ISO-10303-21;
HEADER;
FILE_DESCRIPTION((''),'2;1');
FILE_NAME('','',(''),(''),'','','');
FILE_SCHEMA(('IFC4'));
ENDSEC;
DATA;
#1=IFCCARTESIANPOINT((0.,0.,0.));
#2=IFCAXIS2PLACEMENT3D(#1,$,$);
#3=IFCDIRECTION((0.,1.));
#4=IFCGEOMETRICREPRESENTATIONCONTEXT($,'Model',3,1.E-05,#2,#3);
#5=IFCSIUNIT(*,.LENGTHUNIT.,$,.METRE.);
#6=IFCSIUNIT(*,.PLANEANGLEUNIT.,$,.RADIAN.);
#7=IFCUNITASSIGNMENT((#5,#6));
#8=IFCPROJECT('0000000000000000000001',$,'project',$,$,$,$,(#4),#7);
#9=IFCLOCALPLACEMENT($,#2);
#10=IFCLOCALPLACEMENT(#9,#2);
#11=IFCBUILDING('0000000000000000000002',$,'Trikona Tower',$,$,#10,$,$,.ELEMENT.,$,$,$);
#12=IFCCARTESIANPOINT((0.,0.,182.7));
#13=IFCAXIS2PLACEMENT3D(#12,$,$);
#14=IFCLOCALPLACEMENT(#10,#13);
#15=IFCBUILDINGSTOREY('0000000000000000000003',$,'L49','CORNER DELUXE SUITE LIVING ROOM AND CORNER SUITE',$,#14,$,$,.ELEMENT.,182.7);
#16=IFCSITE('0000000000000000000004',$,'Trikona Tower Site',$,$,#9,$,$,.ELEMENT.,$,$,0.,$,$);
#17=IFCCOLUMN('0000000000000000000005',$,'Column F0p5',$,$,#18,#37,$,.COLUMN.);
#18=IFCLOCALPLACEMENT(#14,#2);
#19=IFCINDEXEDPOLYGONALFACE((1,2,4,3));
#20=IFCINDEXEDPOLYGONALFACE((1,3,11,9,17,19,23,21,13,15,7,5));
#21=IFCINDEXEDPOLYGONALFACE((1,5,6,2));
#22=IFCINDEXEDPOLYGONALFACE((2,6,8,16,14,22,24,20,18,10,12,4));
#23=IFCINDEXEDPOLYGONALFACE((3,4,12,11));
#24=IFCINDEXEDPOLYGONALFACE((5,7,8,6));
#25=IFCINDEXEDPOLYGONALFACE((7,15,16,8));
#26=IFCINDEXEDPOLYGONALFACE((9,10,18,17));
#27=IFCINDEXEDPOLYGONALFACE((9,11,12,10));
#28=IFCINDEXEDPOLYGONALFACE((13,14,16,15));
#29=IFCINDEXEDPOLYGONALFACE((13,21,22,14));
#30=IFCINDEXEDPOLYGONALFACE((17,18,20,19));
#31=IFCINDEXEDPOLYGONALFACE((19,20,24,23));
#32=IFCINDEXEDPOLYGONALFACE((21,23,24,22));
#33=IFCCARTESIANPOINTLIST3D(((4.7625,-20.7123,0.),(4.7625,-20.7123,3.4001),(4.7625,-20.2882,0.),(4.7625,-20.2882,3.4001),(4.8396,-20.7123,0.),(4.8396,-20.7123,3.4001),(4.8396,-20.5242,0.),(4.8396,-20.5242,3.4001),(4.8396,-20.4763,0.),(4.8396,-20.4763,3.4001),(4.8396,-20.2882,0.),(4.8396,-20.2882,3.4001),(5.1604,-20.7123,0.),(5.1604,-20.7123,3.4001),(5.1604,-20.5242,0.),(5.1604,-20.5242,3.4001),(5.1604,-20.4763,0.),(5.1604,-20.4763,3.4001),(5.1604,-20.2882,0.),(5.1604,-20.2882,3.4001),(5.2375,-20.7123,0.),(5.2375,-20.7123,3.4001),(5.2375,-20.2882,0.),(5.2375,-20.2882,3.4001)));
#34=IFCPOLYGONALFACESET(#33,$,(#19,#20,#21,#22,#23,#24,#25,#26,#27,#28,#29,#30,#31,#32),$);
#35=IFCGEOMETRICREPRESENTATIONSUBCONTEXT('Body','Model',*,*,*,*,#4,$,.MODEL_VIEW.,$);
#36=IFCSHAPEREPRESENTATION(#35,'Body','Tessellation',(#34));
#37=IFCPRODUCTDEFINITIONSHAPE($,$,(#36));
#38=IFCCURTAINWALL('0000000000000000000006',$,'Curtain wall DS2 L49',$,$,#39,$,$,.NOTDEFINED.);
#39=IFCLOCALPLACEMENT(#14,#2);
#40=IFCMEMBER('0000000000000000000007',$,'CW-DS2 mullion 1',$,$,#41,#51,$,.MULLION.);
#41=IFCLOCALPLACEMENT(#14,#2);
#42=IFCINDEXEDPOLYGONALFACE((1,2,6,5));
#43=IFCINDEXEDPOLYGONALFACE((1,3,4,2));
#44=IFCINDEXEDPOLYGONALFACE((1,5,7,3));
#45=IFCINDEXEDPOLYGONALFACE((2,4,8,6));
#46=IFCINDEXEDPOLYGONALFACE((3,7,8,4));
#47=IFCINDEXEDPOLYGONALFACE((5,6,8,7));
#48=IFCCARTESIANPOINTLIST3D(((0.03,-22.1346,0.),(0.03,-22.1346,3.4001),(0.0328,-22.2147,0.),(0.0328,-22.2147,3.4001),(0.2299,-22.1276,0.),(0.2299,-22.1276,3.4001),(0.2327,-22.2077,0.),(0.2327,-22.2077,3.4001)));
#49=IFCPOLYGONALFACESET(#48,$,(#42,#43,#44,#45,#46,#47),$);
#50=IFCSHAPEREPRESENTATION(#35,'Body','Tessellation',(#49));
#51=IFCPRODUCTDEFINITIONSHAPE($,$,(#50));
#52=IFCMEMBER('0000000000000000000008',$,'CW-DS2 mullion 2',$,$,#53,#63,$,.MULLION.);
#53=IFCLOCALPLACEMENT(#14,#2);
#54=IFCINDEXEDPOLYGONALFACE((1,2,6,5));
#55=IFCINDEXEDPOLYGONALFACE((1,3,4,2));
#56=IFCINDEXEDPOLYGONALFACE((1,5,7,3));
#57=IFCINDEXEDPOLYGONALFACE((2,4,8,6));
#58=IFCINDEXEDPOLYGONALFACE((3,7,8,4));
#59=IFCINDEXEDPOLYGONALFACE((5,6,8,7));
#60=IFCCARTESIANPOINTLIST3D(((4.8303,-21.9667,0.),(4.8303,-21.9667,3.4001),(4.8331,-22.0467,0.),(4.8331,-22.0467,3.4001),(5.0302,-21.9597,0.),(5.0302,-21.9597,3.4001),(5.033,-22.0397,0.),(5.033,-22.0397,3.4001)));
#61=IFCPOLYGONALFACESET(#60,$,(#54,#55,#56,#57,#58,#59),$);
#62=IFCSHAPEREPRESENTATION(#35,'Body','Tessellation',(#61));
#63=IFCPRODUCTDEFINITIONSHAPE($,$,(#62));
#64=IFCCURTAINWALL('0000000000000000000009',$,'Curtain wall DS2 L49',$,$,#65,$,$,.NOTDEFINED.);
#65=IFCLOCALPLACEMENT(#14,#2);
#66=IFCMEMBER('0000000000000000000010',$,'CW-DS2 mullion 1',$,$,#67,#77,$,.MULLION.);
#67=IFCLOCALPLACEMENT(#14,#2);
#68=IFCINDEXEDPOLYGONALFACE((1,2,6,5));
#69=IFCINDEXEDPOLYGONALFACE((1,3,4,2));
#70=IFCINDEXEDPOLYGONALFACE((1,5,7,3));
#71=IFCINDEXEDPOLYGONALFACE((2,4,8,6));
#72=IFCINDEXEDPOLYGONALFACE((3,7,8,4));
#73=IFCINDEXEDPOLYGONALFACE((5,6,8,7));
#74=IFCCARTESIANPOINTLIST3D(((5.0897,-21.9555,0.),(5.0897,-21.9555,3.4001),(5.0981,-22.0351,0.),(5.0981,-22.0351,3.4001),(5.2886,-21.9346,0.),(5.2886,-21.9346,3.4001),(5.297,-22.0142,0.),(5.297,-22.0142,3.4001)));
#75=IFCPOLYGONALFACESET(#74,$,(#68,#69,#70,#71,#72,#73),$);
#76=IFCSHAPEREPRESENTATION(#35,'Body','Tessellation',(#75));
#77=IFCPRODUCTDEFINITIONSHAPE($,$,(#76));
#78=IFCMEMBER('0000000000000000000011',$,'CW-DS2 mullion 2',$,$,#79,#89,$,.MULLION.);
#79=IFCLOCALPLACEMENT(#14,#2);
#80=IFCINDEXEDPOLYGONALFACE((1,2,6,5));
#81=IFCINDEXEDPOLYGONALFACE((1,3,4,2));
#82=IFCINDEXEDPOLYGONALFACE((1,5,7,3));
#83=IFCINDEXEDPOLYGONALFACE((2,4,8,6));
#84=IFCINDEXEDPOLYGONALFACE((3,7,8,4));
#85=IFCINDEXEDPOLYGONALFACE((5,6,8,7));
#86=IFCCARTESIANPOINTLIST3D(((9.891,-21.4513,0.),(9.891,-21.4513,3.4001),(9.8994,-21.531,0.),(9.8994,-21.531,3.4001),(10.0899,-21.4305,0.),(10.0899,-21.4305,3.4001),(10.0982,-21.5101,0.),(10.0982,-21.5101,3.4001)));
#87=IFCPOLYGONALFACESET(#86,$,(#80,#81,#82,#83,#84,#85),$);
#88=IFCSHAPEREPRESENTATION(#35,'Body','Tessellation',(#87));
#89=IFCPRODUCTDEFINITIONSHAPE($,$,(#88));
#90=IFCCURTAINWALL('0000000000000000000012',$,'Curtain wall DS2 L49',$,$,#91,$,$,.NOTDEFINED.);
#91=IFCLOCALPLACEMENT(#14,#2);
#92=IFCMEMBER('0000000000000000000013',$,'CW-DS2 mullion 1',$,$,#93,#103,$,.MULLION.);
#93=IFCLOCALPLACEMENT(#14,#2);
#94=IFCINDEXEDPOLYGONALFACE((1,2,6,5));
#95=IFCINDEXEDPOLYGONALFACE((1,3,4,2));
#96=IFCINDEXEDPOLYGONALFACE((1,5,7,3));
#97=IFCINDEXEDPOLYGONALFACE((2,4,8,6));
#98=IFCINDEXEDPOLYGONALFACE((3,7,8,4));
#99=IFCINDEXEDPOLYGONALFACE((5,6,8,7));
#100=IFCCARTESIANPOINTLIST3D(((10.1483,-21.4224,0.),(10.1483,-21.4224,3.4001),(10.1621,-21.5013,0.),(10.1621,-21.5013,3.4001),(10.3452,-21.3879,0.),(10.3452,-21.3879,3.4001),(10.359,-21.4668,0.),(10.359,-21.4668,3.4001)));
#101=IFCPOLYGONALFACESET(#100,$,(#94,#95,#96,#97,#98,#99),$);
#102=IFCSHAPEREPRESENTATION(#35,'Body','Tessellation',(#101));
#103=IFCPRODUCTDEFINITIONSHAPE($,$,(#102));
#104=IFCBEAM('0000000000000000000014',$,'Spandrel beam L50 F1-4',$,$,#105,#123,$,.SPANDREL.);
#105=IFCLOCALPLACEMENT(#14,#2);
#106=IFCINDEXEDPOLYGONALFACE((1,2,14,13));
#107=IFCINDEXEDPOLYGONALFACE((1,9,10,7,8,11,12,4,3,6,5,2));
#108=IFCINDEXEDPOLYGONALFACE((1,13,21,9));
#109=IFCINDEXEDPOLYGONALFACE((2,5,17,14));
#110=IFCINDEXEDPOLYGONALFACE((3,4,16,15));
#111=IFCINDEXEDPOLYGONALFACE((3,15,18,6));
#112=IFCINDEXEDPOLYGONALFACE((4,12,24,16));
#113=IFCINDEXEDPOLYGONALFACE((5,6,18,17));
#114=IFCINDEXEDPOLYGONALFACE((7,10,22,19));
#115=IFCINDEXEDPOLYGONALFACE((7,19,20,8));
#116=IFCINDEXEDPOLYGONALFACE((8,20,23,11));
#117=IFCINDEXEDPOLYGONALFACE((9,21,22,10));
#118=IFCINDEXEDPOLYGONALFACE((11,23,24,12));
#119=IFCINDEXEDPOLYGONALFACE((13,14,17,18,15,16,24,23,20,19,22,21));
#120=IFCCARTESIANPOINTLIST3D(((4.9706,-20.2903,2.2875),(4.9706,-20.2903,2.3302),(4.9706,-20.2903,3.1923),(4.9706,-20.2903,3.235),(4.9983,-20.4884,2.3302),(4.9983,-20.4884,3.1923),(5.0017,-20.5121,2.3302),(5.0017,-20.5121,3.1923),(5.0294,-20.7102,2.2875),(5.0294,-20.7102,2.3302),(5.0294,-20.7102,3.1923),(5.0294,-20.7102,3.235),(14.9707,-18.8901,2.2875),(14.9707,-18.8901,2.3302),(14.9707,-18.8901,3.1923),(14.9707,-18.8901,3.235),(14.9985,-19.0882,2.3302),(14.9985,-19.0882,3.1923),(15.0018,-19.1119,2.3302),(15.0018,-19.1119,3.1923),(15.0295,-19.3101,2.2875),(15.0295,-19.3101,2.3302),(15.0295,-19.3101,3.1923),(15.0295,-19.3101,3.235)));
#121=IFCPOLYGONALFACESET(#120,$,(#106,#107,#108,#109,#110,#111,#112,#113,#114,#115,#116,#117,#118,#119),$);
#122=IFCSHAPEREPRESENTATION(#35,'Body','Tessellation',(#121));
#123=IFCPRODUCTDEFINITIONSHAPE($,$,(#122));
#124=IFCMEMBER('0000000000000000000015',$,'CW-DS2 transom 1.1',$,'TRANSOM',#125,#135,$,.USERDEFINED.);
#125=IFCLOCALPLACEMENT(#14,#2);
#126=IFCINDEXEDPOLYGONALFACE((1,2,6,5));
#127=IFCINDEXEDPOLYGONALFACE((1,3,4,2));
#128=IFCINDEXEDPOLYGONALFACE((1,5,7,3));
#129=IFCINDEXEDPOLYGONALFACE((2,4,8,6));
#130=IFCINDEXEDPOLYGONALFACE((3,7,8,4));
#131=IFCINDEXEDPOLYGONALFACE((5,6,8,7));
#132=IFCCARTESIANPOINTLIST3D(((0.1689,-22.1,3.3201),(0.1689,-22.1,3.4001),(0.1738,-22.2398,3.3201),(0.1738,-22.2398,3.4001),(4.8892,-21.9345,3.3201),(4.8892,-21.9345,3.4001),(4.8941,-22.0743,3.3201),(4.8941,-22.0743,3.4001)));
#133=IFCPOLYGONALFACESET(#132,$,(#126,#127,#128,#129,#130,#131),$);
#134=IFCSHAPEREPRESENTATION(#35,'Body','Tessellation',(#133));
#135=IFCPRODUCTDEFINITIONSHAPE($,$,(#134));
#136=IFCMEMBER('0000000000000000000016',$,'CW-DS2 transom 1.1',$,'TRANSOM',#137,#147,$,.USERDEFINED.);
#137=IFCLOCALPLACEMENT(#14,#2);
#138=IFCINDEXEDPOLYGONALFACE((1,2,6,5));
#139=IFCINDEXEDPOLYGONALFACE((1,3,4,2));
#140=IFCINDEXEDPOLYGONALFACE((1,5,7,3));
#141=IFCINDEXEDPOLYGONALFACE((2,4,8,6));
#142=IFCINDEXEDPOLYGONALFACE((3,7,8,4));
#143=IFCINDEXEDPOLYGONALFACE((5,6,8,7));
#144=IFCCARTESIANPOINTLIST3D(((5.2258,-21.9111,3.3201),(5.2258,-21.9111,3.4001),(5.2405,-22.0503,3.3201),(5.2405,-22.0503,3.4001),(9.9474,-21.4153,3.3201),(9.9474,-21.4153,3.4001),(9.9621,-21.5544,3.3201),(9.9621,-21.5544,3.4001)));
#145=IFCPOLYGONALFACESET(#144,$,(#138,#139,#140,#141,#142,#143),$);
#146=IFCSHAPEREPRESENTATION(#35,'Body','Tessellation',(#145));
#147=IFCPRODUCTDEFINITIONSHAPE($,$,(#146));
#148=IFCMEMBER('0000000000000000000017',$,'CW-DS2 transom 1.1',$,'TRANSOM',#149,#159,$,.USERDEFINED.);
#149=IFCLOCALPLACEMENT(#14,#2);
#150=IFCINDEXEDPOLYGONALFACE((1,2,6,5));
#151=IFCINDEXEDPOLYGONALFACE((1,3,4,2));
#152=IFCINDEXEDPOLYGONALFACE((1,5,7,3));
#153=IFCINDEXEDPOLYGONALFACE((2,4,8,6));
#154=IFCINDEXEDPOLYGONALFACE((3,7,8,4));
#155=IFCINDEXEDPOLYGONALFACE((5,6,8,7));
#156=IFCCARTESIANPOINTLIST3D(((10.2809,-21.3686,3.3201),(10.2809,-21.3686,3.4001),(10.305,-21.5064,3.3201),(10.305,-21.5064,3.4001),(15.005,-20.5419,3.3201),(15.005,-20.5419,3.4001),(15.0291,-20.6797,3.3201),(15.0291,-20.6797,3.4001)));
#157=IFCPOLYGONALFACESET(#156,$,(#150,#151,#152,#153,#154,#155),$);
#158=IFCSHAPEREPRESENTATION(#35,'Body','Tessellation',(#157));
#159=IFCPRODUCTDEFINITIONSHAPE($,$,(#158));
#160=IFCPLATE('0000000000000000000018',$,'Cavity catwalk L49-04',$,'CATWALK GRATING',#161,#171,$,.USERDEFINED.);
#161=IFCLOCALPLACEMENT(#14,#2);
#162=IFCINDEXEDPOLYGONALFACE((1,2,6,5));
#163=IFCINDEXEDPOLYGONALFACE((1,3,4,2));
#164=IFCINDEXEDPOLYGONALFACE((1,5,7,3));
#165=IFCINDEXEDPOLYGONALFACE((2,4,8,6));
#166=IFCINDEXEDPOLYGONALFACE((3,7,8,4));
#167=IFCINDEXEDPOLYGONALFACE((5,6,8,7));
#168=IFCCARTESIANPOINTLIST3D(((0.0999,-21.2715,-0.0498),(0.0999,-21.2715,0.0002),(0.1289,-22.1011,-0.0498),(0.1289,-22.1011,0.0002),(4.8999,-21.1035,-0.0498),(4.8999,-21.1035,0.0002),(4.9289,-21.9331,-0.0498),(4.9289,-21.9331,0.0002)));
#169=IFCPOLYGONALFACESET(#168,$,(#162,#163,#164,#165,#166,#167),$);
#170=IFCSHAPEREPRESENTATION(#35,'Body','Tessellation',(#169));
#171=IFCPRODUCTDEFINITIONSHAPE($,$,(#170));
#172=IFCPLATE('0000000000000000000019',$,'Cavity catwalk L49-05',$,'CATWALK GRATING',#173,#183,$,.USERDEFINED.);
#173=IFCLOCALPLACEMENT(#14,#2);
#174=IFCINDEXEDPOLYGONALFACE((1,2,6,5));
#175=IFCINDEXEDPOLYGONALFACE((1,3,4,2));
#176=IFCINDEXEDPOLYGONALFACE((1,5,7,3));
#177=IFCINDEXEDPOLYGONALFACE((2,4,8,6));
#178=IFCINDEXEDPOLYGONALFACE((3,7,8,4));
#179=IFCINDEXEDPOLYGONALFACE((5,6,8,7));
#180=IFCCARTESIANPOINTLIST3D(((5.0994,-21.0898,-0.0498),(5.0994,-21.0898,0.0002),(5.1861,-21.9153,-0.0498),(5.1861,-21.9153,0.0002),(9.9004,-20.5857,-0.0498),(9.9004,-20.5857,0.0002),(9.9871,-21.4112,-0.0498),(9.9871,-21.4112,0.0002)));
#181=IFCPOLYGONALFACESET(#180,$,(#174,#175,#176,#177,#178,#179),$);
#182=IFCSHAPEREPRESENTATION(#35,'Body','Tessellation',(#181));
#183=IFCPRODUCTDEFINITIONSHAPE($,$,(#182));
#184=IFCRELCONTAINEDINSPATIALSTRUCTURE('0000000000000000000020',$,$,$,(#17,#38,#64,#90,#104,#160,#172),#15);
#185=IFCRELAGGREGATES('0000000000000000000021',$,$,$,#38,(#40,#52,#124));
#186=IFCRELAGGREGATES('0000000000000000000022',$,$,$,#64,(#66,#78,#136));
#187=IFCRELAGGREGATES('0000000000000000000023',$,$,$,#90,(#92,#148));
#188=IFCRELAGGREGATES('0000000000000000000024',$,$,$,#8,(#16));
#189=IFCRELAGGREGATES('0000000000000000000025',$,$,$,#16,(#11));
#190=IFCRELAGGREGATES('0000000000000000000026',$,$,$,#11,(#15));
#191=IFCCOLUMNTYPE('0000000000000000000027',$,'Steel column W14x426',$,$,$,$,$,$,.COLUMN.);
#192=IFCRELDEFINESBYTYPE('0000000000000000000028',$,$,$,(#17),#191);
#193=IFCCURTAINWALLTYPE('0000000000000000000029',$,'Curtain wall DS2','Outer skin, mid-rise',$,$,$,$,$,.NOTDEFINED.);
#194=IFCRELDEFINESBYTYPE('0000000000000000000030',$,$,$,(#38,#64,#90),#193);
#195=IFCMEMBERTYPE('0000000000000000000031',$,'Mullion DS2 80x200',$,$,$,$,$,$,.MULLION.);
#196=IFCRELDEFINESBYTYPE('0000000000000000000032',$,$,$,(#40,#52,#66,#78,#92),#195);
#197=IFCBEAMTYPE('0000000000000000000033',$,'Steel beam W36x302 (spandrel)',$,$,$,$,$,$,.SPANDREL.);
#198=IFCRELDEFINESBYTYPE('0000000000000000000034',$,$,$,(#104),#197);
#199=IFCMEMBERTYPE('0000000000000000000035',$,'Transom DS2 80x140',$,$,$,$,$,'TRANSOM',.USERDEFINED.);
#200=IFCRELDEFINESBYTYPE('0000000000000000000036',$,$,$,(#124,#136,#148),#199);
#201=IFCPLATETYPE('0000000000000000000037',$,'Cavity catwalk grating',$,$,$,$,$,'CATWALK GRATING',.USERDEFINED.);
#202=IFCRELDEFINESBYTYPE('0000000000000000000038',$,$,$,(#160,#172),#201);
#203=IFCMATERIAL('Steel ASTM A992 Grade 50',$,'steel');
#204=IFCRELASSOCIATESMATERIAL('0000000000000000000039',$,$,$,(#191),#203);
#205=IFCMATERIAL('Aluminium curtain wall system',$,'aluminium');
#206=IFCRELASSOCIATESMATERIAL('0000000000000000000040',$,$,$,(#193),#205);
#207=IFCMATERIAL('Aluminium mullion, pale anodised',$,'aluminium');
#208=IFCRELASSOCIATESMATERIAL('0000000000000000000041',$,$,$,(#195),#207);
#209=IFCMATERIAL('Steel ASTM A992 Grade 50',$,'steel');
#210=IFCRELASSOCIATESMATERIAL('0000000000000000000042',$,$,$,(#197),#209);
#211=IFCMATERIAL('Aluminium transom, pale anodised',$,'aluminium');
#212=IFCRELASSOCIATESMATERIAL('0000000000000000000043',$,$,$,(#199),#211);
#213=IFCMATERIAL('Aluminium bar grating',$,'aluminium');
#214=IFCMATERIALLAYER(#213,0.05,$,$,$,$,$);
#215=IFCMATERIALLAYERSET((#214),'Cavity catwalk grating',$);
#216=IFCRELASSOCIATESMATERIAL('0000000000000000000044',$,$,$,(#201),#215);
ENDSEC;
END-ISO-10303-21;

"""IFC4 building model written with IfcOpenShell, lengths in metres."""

from ifc_helpers import new_model, si_unit, direction, frame, origin, origin_2d, place, context, subcontext, project, spatial, rectangle, i_section, extrude, material, layer, layer_set, material_profile, profile_set, type_object, element, aggregate, save


model = new_model("IFC4")

# Units and contexts
model_context = context("Model", 3, precision=1e-05, world=origin(), true_north=direction((0.0, 1.0)))
body_context = subcontext(model_context, "Body", "Model", "MODEL_VIEW")
ifc_project = project(units=[si_unit("LENGTHUNIT", "METRE"), si_unit("PLANEANGLEUNIT", "RADIAN")], contexts=[model_context])

# Site, building, storey
site_placement = place(None, origin())
site = spatial("IfcSite", under=ifc_project, at=site_placement, Name="Trikona Tower Site", CompositionType="ELEMENT", RefElevation=0.0)
building_placement = place(site_placement, origin())
building = spatial("IfcBuilding", under=site, at=building_placement, Name="Trikona Tower", CompositionType="ELEMENT")
storey_placement = place(building_placement, frame((0.0, 0.0, 182.7)))
storey = spatial("IfcBuildingStorey", under=building, at=storey_placement, Name="L49", Description="CORNER DELUXE SUITE LIVING ROOM AND CORNER SUITE", CompositionType="ELEMENT", Elevation=182.7)

# Column
ifc_material_1 = material(Name="Steel ASTM A992 Grade 50", Category="steel")
ifc_material_profile_1 = material_profile(ifc_material_1, i_section(OverallWidth=0.4241, OverallDepth=0.4751, WebThickness=0.0479, FlangeThickness=0.0771, at=origin_2d()), Name="W14X426")
ifc_profile_set_1 = profile_set([ifc_material_profile_1], Name="Steel ASTM A992 Grade 50")
column_type = type_object("IfcColumnType", Name="Steel column W14x426", PredefinedType="COLUMN", material=ifc_profile_set_1)
column_placement = place(storey_placement, frame((5.0, -20.5002, 0.0), z_axis=(0.0, 0.0, 1.0), x_axis=(0.0, -1.0, 0.0)))
element("IfcColumn", 1, at=column_placement, inside=storey, type_object=column_type, Name="Column F0p5", PredefinedType="COLUMN", context=body_context, shape_type="SweptSolid", body=[
    extrude(i_section(OverallWidth=0.4241, OverallDepth=0.4751, WebThickness=0.0479, FlangeThickness=0.0771, at=origin_2d()), origin(), (0.0, 0.0, 1.0), 3.4001),
])

# Curtain walls, members
ifc_material_2 = material(Name="Aluminium curtain wall system", Category="aluminium")
curtain_wall_type = type_object("IfcCurtainWallType", Name="Curtain wall DS2", Description="Outer skin, mid-rise", PredefinedType="NOTDEFINED", material=ifc_material_2)
curtain_wall_1_placement = place(storey_placement, origin())
curtain_wall_1 = element("IfcCurtainWall", 2, at=curtain_wall_1_placement, inside=storey, type_object=curtain_wall_type, Name="Curtain wall DS2 L49", PredefinedType="NOTDEFINED")
ifc_material_3 = material(Name="Aluminium mullion, pale anodised", Category="aluminium")
ifc_material_profile_2 = material_profile(ifc_material_3, rectangle(XDim=0.0801, YDim=0.2, at=origin_2d()), Name="MUL-DS2")
ifc_profile_set_2 = profile_set([ifc_material_profile_2], Name="Aluminium mullion, pale anodised")
member_type_1 = type_object("IfcMemberType", Name="Mullion DS2 80x200", PredefinedType="MULLION", material=ifc_profile_set_2)
member_1_placement = place(storey_placement, frame((0.1313, -22.1711, 0.0), z_axis=(0.0, 0.0, 1.0), x_axis=(-0.034998, 0.999387, 0.0)))
member_1 = element("IfcMember", 3, at=member_1_placement, type_object=member_type_1, Name="CW-DS2 mullion 1", PredefinedType="MULLION", context=body_context, shape_type="SweptSolid", body=[
    extrude(rectangle(XDim=0.0801, YDim=0.2, at=origin_2d()), origin(), (0.0, 0.0, 1.0), 3.4001),
])
member_2_placement = place(storey_placement, frame((4.9316, -22.0032, 0.0), z_axis=(0.0, 0.0, 1.0), x_axis=(-0.034998, 0.999387, 0.0)))
member_2 = element("IfcMember", 4, at=member_2_placement, type_object=member_type_1, Name="CW-DS2 mullion 2", PredefinedType="MULLION", context=body_context, shape_type="SweptSolid", body=[
    extrude(rectangle(XDim=0.0801, YDim=0.2, at=origin_2d()), origin(), (0.0, 0.0, 1.0), 3.4001),
])
curtain_wall_2_placement = place(storey_placement, origin())
curtain_wall_2 = element("IfcCurtainWall", 5, at=curtain_wall_2_placement, inside=storey, type_object=curtain_wall_type, Name="Curtain wall DS2 L49", PredefinedType="NOTDEFINED")
member_3_placement = place(storey_placement, frame((5.1934, -21.9849, 0.0), z_axis=(0.0, 0.0, 1.0), x_axis=(-0.104433, 0.994532, 0.0)))
member_3 = element("IfcMember", 6, at=member_3_placement, type_object=member_type_1, Name="CW-DS2 mullion 1", PredefinedType="MULLION", context=body_context, shape_type="SweptSolid", body=[
    extrude(rectangle(XDim=0.0801, YDim=0.2, at=origin_2d()), origin(), (0.0, 0.0, 1.0), 3.4001),
])
member_4_placement = place(storey_placement, frame((9.9946, -21.4807, 0.0), z_axis=(0.0, 0.0, 1.0), x_axis=(-0.104433, 0.994532, 0.0)))
member_4 = element("IfcMember", 7, at=member_4_placement, type_object=member_type_1, Name="CW-DS2 mullion 2", PredefinedType="MULLION", context=body_context, shape_type="SweptSolid", body=[
    extrude(rectangle(XDim=0.0801, YDim=0.2, at=origin_2d()), origin(), (0.0, 0.0, 1.0), 3.4001),
])

# Curtain wall, member
curtain_wall_3_placement = place(storey_placement, origin())
curtain_wall_3 = element("IfcCurtainWall", 8, at=curtain_wall_3_placement, inside=storey, type_object=curtain_wall_type, Name="Curtain wall DS2 L49", PredefinedType="NOTDEFINED")
member_5_placement = place(storey_placement, frame((10.2537, -21.4446, 0.0), z_axis=(0.0, 0.0, 1.0), x_axis=(-0.172377, 0.985031, 0.0)))
member_5 = element("IfcMember", 9, at=member_5_placement, type_object=member_type_1, Name="CW-DS2 mullion 1", PredefinedType="MULLION", context=body_context, shape_type="SweptSolid", body=[
    extrude(rectangle(XDim=0.0801, YDim=0.2, at=origin_2d()), origin(), (0.0, 0.0, 1.0), 3.4001),
])

# Beam
ifc_material_4 = material(Name="Steel ASTM A992 Grade 50", Category="steel")
ifc_material_profile_3 = material_profile(ifc_material_4, i_section(OverallWidth=0.4241, OverallDepth=0.9475, WebThickness=0.0239, FlangeThickness=0.0427, at=origin_2d()), Name="W36X302")
ifc_profile_set_3 = profile_set([ifc_material_profile_3], Name="Steel ASTM A992 Grade 50")
beam_type = type_object("IfcBeamType", Name="Steel beam W36x302 (spandrel)", PredefinedType="SPANDREL", material=ifc_profile_set_3)
beam_placement = place(storey_placement, frame((5.0, -20.5002, 2.7612), z_axis=(0.99034, 0.138662, 0.0), x_axis=(-0.138662, 0.99034, 0.0)))
element("IfcBeam", 10, at=beam_placement, inside=storey, type_object=beam_type, Name="Spandrel beam L50 F1-4", PredefinedType="SPANDREL", context=body_context, shape_type="SweptSolid", body=[
    extrude(i_section(OverallWidth=0.4241, OverallDepth=0.9475, WebThickness=0.0239, FlangeThickness=0.0427, at=origin_2d()), origin(), (0.0, 0.0, 1.0), 10.0977),
])

# Members
ifc_material_5 = material(Name="Aluminium transom, pale anodised", Category="aluminium")
ifc_material_profile_4 = material_profile(ifc_material_5, rectangle(XDim=0.1399, YDim=0.0801, at=origin_2d()), Name="TRN-DS2")
ifc_profile_set_4 = profile_set([ifc_material_profile_4], Name="Aluminium transom, pale anodised")
member_type_2 = type_object("IfcMemberType", Name="Transom DS2 80x140", ElementType="TRANSOM", PredefinedType="USERDEFINED", material=ifc_profile_set_4)
member_6_placement = place(storey_placement, frame((0.1714, -22.1699, 3.3601), z_axis=(0.999386, 0.035046, 0.0), x_axis=(-0.035046, 0.999386, 0.0)))
member_6 = element("IfcMember", 11, at=member_6_placement, type_object=member_type_2, Name="CW-DS2 transom 1.1", ObjectType="TRANSOM", PredefinedType="USERDEFINED", context=body_context, shape_type="SweptSolid", body=[
    extrude(rectangle(XDim=0.1399, YDim=0.0801, at=origin_2d()), origin(), (0.0, 0.0, 1.0), 4.7231),
])
member_7_placement = place(storey_placement, frame((5.2332, -21.9807, 3.3601), z_axis=(0.994531, 0.104441, 0.0), x_axis=(-0.104441, 0.994531, 0.0)))
member_7 = element("IfcMember", 12, at=member_7_placement, type_object=member_type_2, Name="CW-DS2 transom 1.1", ObjectType="TRANSOM", PredefinedType="USERDEFINED", context=body_context, shape_type="SweptSolid", body=[
    extrude(rectangle(XDim=0.1399, YDim=0.0801, at=origin_2d()), origin(), (0.0, 0.0, 1.0), 4.7476),
])
member_8_placement = place(storey_placement, frame((10.293, -21.4375, 3.3601), z_axis=(0.985033, 0.172368, 0.0), x_axis=(-0.172368, 0.985033, 0.0)))
member_8 = element("IfcMember", 13, at=member_8_placement, type_object=member_type_2, Name="CW-DS2 transom 1.1", ObjectType="TRANSOM", PredefinedType="USERDEFINED", context=body_context, shape_type="SweptSolid", body=[
    extrude(rectangle(XDim=0.1399, YDim=0.0801, at=origin_2d()), origin(), (0.0, 0.0, 1.0), 4.7959),
])

# Plates
ifc_material_6 = material(Name="Aluminium bar grating", Category="aluminium")
ifc_layer_1 = layer(ifc_material_6, 0.05)
ifc_layer_set_1 = layer_set([ifc_layer_1], Name="Cavity catwalk grating")
plate_type_1 = type_object("IfcPlateType", Name="Cavity catwalk grating", ElementType="CATWALK GRATING", PredefinedType="USERDEFINED", material=ifc_layer_set_1)
plate_1_placement = place(storey_placement, frame((2.5144, -21.6023, -0.0498), z_axis=(0.0, 0.0, 1.0), x_axis=(0.999388, 0.034978, 0.0)))
element("IfcPlate", 14, at=plate_1_placement, inside=storey, type_object=plate_type_1, Name="Cavity catwalk L49-04", ObjectType="CATWALK GRATING", PredefinedType="USERDEFINED", context=body_context, shape_type="SweptSolid", body=[
    extrude(rectangle(XDim=4.803, YDim=0.8301, at=origin_2d()), origin(), (0.0, 0.0, 1.0), 0.05),
])
plate_2_placement = place(storey_placement, frame((7.5432, -21.2505, -0.0498), z_axis=(0.0, 0.0, 1.0), x_axis=(0.994533, 0.104426, 0.0)))
element("IfcPlate", 15, at=plate_2_placement, inside=storey, type_object=plate_type_1, Name="Cavity catwalk L49-05", ObjectType="CATWALK GRATING", PredefinedType="USERDEFINED", context=body_context, shape_type="SweptSolid", body=[
    extrude(rectangle(XDim=4.8274, YDim=0.8301, at=origin_2d()), origin(), (0.0, 0.0, 1.0), 0.05),
])

aggregate(curtain_wall_1, [member_1, member_2, member_6])
aggregate(curtain_wall_2, [member_3, member_4, member_7])
aggregate(curtain_wall_3, [member_5, member_8])

save(model, "model.ifc")
